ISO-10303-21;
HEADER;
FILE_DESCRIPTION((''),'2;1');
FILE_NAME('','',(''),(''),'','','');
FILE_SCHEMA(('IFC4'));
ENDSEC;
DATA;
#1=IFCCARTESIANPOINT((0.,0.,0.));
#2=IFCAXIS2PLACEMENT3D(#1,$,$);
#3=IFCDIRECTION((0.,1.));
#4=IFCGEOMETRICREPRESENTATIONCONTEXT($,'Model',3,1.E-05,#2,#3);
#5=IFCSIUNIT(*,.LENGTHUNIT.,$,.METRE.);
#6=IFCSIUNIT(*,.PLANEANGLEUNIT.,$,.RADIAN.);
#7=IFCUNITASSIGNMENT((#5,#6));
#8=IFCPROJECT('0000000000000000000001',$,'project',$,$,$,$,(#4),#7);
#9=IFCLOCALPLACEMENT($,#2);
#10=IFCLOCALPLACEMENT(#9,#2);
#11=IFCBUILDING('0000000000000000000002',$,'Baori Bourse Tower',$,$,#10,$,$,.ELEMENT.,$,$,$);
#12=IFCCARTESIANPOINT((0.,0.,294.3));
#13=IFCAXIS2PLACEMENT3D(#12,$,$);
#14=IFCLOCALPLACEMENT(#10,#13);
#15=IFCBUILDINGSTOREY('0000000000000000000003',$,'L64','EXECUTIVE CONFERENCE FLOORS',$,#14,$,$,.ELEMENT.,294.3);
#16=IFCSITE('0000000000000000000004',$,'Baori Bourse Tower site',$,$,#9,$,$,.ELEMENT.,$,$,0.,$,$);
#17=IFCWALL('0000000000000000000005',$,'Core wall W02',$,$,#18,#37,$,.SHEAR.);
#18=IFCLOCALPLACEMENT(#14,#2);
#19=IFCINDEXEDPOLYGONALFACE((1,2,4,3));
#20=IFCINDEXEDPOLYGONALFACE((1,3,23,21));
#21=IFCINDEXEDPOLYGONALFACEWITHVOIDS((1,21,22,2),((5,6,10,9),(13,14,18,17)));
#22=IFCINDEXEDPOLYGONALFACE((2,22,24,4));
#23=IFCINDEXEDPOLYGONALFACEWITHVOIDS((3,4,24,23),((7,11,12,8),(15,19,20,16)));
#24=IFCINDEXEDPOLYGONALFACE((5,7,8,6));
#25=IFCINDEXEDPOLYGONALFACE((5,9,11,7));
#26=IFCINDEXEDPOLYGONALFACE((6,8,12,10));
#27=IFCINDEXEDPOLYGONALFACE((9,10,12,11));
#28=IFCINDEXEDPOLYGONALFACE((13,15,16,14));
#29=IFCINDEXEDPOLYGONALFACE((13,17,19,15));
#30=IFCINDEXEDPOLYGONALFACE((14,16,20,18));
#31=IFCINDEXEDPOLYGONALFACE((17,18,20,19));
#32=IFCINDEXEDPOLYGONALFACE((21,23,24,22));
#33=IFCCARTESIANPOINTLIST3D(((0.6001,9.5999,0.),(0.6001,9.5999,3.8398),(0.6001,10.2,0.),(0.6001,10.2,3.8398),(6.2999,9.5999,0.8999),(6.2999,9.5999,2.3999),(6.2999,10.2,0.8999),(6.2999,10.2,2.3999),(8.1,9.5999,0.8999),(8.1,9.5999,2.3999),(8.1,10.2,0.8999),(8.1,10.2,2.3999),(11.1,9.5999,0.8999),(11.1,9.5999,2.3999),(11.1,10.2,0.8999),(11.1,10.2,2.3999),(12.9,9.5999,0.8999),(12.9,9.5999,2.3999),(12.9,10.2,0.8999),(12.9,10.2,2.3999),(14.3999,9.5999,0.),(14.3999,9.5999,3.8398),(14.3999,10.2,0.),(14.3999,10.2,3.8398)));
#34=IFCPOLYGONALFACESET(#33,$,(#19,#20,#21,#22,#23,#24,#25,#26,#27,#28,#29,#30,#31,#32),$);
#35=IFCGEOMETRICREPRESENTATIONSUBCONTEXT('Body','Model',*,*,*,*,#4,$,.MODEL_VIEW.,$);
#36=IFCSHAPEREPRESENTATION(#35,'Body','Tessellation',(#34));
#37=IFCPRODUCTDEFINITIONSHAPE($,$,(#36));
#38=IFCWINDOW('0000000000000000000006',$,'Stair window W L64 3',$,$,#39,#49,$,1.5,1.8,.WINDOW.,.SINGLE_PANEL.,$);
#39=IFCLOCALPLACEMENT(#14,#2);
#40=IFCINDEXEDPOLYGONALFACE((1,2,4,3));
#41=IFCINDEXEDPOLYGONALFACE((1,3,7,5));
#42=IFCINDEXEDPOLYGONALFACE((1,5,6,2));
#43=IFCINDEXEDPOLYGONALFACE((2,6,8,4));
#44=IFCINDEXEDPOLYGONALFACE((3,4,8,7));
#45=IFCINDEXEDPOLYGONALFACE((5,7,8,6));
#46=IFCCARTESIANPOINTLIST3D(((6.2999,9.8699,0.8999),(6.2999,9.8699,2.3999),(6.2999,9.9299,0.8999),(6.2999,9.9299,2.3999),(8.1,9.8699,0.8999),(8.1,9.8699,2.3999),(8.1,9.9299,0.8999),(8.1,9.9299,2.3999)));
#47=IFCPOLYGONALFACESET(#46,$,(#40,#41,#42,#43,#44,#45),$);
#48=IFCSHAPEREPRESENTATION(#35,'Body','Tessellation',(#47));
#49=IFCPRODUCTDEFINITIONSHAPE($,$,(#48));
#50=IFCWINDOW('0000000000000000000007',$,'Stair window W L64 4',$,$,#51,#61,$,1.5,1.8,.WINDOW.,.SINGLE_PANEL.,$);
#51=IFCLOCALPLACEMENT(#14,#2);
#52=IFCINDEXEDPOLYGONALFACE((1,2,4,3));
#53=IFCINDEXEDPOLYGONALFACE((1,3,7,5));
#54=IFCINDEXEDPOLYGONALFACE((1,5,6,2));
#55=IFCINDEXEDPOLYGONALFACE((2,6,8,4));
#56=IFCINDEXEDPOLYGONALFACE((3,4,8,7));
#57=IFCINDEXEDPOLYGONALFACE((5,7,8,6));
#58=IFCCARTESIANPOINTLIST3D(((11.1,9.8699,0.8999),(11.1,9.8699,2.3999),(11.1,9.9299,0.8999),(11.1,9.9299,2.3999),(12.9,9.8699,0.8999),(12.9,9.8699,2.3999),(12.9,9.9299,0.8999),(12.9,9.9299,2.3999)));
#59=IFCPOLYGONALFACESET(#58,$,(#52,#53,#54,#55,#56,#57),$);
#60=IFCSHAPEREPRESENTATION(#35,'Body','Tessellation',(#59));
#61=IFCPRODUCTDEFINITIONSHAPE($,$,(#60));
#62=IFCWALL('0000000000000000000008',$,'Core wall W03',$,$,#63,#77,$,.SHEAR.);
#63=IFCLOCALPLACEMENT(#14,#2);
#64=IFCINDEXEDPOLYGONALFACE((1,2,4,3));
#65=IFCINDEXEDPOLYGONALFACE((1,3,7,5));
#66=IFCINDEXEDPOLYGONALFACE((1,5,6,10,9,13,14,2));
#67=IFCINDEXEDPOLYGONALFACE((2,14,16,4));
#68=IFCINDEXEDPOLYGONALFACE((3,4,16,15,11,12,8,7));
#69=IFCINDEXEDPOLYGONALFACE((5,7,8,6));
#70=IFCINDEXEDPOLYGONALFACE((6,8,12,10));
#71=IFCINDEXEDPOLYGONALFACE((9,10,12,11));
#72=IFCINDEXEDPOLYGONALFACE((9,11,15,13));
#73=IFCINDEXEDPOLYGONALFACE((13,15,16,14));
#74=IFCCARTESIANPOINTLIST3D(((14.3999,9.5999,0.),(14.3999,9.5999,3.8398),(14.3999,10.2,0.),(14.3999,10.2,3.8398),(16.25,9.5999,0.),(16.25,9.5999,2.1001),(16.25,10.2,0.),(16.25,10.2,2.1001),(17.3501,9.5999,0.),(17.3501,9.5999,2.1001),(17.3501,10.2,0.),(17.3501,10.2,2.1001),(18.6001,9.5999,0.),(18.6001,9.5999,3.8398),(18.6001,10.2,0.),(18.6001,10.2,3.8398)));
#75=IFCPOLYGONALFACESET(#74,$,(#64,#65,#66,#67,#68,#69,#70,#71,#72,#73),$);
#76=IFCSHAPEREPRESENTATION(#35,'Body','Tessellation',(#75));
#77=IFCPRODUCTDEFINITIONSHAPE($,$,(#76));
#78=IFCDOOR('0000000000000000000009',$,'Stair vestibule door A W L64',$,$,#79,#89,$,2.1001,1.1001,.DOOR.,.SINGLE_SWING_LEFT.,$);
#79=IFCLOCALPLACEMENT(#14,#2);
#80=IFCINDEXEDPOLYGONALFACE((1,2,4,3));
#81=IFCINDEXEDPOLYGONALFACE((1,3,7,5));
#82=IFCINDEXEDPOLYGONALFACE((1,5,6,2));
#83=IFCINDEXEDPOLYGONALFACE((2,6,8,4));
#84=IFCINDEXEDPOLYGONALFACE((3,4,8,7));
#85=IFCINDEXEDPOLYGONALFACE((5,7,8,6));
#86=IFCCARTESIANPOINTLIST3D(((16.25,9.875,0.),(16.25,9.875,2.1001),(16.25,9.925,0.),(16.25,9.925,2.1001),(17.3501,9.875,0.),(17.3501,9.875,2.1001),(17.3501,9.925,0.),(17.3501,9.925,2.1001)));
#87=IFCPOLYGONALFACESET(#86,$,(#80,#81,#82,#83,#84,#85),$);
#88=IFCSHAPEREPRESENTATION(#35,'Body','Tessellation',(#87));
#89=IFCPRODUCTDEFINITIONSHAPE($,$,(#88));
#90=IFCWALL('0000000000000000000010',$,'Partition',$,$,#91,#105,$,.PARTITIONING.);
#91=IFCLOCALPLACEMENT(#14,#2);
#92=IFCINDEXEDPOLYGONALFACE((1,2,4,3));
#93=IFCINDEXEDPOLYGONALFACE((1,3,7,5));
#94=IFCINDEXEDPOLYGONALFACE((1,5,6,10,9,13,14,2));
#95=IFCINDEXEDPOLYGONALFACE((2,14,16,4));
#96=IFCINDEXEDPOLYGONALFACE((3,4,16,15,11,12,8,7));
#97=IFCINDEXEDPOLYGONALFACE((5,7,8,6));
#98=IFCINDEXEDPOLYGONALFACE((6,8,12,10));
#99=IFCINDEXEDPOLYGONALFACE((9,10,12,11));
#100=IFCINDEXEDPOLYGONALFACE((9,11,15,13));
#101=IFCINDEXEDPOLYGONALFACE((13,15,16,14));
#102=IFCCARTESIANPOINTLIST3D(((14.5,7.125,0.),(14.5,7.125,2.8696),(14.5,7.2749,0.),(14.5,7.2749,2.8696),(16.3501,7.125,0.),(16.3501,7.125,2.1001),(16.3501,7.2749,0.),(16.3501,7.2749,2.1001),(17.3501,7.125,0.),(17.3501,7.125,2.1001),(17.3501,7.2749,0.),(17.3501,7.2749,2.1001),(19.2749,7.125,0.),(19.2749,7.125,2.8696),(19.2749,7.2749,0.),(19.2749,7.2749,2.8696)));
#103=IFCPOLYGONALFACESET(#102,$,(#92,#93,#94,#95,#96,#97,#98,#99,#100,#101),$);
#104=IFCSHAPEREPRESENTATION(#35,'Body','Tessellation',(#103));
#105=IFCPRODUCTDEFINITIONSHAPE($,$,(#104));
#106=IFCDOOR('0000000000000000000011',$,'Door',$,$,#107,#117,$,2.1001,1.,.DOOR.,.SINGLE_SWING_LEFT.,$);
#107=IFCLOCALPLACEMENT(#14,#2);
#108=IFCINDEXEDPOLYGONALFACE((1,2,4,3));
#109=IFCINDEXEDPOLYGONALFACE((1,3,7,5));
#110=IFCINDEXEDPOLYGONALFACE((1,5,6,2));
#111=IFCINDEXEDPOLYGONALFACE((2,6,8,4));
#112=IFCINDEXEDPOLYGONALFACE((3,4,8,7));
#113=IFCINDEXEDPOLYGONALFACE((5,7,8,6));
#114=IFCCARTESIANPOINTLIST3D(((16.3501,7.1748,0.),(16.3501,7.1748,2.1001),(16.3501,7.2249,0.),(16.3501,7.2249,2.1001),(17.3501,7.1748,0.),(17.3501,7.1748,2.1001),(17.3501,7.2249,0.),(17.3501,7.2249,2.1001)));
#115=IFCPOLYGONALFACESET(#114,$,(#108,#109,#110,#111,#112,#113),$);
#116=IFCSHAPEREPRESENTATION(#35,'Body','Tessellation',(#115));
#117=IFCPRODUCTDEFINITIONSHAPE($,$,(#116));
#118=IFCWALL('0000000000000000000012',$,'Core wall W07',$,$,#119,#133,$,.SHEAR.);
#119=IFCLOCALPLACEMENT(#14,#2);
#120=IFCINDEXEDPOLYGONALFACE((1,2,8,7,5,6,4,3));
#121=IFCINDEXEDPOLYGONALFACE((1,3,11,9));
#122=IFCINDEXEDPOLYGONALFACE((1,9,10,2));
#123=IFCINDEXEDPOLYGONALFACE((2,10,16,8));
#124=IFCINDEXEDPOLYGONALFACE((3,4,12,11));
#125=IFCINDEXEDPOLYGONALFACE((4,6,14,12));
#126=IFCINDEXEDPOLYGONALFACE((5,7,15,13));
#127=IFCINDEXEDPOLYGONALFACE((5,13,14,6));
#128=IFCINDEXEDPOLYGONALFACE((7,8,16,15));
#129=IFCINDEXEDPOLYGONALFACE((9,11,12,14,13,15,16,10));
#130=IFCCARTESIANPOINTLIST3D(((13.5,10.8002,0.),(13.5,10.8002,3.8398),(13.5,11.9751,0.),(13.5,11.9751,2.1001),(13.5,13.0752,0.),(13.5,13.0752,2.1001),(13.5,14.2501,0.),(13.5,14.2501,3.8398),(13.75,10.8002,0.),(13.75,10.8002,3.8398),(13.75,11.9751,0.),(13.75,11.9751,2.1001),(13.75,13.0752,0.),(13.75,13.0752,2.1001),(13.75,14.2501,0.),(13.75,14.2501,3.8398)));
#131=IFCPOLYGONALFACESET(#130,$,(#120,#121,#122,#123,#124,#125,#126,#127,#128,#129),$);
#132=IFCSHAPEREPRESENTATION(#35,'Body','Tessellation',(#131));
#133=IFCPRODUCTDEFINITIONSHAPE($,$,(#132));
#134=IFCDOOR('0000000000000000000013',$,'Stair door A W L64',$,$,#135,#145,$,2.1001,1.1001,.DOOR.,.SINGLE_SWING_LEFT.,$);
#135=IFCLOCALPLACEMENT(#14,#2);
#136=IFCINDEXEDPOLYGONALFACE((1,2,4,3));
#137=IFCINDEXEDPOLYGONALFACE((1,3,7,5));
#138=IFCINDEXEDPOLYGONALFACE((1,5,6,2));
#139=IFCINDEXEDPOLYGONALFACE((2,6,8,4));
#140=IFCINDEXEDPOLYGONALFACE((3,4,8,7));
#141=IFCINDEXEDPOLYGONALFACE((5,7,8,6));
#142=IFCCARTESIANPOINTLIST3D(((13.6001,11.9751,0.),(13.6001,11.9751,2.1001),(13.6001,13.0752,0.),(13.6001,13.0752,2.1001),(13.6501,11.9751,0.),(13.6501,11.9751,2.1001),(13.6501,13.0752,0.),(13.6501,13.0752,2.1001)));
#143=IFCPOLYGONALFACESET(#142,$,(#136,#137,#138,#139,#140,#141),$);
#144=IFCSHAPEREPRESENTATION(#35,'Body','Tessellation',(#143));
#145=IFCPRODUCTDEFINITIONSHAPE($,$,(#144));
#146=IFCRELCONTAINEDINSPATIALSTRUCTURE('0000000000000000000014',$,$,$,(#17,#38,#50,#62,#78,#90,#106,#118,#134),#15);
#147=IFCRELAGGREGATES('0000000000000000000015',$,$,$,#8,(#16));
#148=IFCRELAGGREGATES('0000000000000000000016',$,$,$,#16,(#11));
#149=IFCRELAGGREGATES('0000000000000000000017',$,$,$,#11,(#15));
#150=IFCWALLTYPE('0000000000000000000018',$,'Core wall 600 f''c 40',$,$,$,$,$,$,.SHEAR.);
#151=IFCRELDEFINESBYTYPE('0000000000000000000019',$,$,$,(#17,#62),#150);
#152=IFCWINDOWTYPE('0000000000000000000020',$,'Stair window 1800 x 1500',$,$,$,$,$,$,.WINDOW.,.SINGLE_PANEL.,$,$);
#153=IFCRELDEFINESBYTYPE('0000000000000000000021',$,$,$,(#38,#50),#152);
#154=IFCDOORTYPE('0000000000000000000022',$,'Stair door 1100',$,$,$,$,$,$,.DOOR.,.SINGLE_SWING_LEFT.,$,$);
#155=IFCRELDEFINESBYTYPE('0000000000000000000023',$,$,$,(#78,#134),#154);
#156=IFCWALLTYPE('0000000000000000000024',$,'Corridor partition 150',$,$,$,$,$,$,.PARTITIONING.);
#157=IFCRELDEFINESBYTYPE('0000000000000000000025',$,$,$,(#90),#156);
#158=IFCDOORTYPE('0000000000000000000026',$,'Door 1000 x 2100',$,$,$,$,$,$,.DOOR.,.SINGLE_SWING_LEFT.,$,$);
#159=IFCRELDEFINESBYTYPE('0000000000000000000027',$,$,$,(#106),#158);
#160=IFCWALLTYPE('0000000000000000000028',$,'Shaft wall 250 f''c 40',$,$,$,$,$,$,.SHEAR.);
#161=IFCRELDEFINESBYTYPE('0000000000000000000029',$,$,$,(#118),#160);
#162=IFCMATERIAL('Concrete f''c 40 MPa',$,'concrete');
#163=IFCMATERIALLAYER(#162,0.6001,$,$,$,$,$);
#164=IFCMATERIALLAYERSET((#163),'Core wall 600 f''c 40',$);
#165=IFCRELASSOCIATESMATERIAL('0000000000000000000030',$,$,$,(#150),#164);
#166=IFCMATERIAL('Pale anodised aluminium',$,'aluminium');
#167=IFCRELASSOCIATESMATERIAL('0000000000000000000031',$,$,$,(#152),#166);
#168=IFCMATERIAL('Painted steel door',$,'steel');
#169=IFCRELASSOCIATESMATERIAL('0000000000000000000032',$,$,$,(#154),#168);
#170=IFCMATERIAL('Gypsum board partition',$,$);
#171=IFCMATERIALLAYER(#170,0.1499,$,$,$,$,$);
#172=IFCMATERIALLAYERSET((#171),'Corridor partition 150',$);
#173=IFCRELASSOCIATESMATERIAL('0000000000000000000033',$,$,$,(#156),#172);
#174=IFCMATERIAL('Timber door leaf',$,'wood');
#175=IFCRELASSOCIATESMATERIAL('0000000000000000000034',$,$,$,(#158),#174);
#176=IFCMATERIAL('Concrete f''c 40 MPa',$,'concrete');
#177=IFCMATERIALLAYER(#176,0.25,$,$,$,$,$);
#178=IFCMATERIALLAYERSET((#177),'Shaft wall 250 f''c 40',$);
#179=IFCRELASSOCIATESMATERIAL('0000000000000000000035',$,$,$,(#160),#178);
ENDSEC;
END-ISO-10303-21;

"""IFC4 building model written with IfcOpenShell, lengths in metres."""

from ifc_helpers import new_model, si_unit, direction, frame, frame_2d, origin, place, context, subcontext, project, spatial, rectangle, extrude, material, layer, layer_set, type_object, element, fill, save


model = new_model("IFC4")

# Units and contexts
model_context = context("Model", 3, precision=1e-05, world=origin(), true_north=direction((0.0, 1.0)))
body_context = subcontext(model_context, "Body", "Model", "MODEL_VIEW")
ifc_project = project(units=[si_unit("LENGTHUNIT", "METRE"), si_unit("PLANEANGLEUNIT", "RADIAN")], contexts=[model_context])

# Site, building, storey
site_placement = place(None, origin())
site = spatial("IfcSite", under=ifc_project, at=site_placement, Name="Baori Bourse Tower site", CompositionType="ELEMENT", RefElevation=0.0)
building_placement = place(site_placement, origin())
building = spatial("IfcBuilding", under=site, at=building_placement, Name="Baori Bourse Tower", CompositionType="ELEMENT")
storey_placement = place(building_placement, frame((0.0, 0.0, 294.3)))
storey = spatial("IfcBuildingStorey", under=building, at=storey_placement, Name="L64", Description="EXECUTIVE CONFERENCE FLOORS", CompositionType="ELEMENT", Elevation=294.3)

# Wall, openings, windows
ifc_material_1 = material(Name="Concrete f'c 40 MPa", Category="concrete")
ifc_layer_1 = layer(ifc_material_1, 0.6001)
ifc_layer_set_1 = layer_set([ifc_layer_1], Name="Core wall 600 f'c 40")
wall_type_1 = type_object("IfcWallType", Name="Core wall 600 f'c 40", PredefinedType="SHEAR", material=ifc_layer_set_1)
wall_1_placement = place(storey_placement, frame((14.3999, 9.8999, 0.0), z_axis=(0.0, 0.0, 1.0), x_axis=(-1.0, 0.0, 0.0)))
wall_1 = element("IfcWall", 1, at=wall_1_placement, inside=storey, type_object=wall_type_1, Name="Core wall W02", PredefinedType="SHEAR", context=body_context, shape_type="SweptSolid", body=[
    extrude(rectangle(XDim=13.7998, YDim=0.6001, at=frame_2d((6.8999, 0.0))), origin(), (0.0, 0.0, 1.0), 3.8398),
])
opening_1_placement = place(wall_1_placement, frame((6.3, 0.0, 0.8999)))
opening_1 = element("IfcOpeningElement", 2, at=opening_1_placement, cuts=wall_1, PredefinedType="OPENING", context=body_context, shape_type="SweptSolid", body=[
    extrude(rectangle(XDim=1.8, YDim=1.5, at=frame_2d((0.8999, 0.75))), frame((0.0, 0.3101, 0.0), z_axis=(0.0, -1.0, 0.0), x_axis=(1.0, 0.0, 0.0)), (0.0, 0.0, 1.0), 0.6201),
])
opening_2_placement = place(wall_1_placement, frame((1.5, 0.0, 0.8999)))
opening_2 = element("IfcOpeningElement", 3, at=opening_2_placement, cuts=wall_1, PredefinedType="OPENING", context=body_context, shape_type="SweptSolid", body=[
    extrude(rectangle(XDim=1.8, YDim=1.5, at=frame_2d((0.8999, 0.75))), frame((0.0, 0.3101, 0.0), z_axis=(0.0, -1.0, 0.0), x_axis=(1.0, 0.0, 0.0)), (0.0, 0.0, 1.0), 0.6201),
])
ifc_material_2 = material(Name="Pale anodised aluminium", Category="aluminium")
window_type = type_object("IfcWindowType", Name="Stair window 1800 x 1500", PartitioningType="SINGLE_PANEL", PredefinedType="WINDOW", material=ifc_material_2)
window_1_placement = place(opening_1_placement, origin())
window_1 = element("IfcWindow", 4, at=window_1_placement, inside=storey, type_object=window_type, Name="Stair window W L64 3", OverallHeight=1.5, OverallWidth=1.8, PartitioningType="SINGLE_PANEL", PredefinedType="WINDOW", context=body_context, shape_type="SweptSolid", body=[
    extrude(rectangle(XDim=1.8, YDim=1.5, at=frame_2d((0.8999, 0.75))), frame((0.0, 0.03, 0.0), z_axis=(0.0, -1.0, 0.0), x_axis=(1.0, 0.0, 0.0)), (0.0, 0.0, 1.0), 0.0601),
])
fill(opening_1, window_1)
window_2_placement = place(opening_2_placement, origin())
window_2 = element("IfcWindow", 5, at=window_2_placement, inside=storey, type_object=window_type, Name="Stair window W L64 4", OverallHeight=1.5, OverallWidth=1.8, PartitioningType="SINGLE_PANEL", PredefinedType="WINDOW", context=body_context, shape_type="SweptSolid", body=[
    extrude(rectangle(XDim=1.8, YDim=1.5, at=frame_2d((0.8999, 0.75))), frame((0.0, 0.03, 0.0), z_axis=(0.0, -1.0, 0.0), x_axis=(1.0, 0.0, 0.0)), (0.0, 0.0, 1.0), 0.0601),
])
fill(opening_2, window_2)

# Walls, openings, doors
wall_2_placement = place(storey_placement, frame((18.6001, 9.8999, 0.0), z_axis=(0.0, 0.0, 1.0), x_axis=(-1.0, 0.0, 0.0)))
wall_2 = element("IfcWall", 6, at=wall_2_placement, inside=storey, type_object=wall_type_1, Name="Core wall W03", PredefinedType="SHEAR", context=body_context, shape_type="SweptSolid", body=[
    extrude(rectangle(XDim=4.2002, YDim=0.6001, at=frame_2d((2.1001, 0.0))), origin(), (0.0, 0.0, 1.0), 3.8398),
])
opening_3_placement = place(wall_2_placement, frame((1.25, 0.0, 0.0)))
opening_3 = element("IfcOpeningElement", 7, at=opening_3_placement, cuts=wall_2, PredefinedType="OPENING", context=body_context, shape_type="SweptSolid", body=[
    extrude(rectangle(XDim=1.1001, YDim=2.1001, at=frame_2d((0.55, 1.05))), frame((0.0, 0.3101, 0.0), z_axis=(0.0, -1.0, 0.0), x_axis=(1.0, 0.0, 0.0)), (0.0, 0.0, 1.0), 0.6201),
])
ifc_material_3 = material(Name="Painted steel door", Category="steel")
door_type_1 = type_object("IfcDoorType", Name="Stair door 1100", OperationType="SINGLE_SWING_LEFT", PredefinedType="DOOR", material=ifc_material_3)
door_1_placement = place(opening_3_placement, origin())
door_1 = element("IfcDoor", 8, at=door_1_placement, inside=storey, type_object=door_type_1, Name="Stair vestibule door A W L64", OperationType="SINGLE_SWING_LEFT", OverallHeight=2.1001, OverallWidth=1.1001, PredefinedType="DOOR", context=body_context, shape_type="SweptSolid", body=[
    extrude(rectangle(XDim=1.1001, YDim=2.1001, at=frame_2d((0.55, 1.05))), frame((0.0, 0.0249, 0.0), z_axis=(0.0, -1.0, 0.0), x_axis=(1.0, 0.0, 0.0)), (0.0, 0.0, 1.0), 0.05),
])
fill(opening_3, door_1)
ifc_material_4 = material(Name="Gypsum board partition")
ifc_layer_2 = layer(ifc_material_4, 0.1499)
ifc_layer_set_2 = layer_set([ifc_layer_2], Name="Corridor partition 150")
wall_type_2 = type_object("IfcWallType", Name="Corridor partition 150", PredefinedType="PARTITIONING", material=ifc_layer_set_2)
wall_3_placement = place(storey_placement, frame((14.5, 7.2, 0.0), z_axis=(0.0, 0.0, 1.0), x_axis=(1.0, 0.0, 0.0)))
wall_3 = element("IfcWall", 9, at=wall_3_placement, inside=storey, type_object=wall_type_2, Name="Partition", PredefinedType="PARTITIONING", context=body_context, shape_type="SweptSolid", body=[
    extrude(rectangle(XDim=4.7749, YDim=0.1499, at=frame_2d((2.3875, 0.0))), origin(), (0.0, 0.0, 1.0), 2.8696),
])
opening_4_placement = place(wall_3_placement, frame((1.8501, 0.0, 0.0)))
opening_4 = element("IfcOpeningElement", 10, at=opening_4_placement, cuts=wall_3, PredefinedType="OPENING", context=body_context, shape_type="SweptSolid", body=[
    extrude(rectangle(XDim=1.0, YDim=2.1001, at=frame_2d((0.5, 1.05))), frame((0.0, 0.085, 0.0), z_axis=(0.0, -1.0, 0.0), x_axis=(1.0, 0.0, 0.0)), (0.0, 0.0, 1.0), 0.1699),
])
ifc_material_5 = material(Name="Timber door leaf", Category="wood")
door_type_2 = type_object("IfcDoorType", Name="Door 1000 x 2100", OperationType="SINGLE_SWING_LEFT", PredefinedType="DOOR", material=ifc_material_5)
door_2_placement = place(opening_4_placement, origin())
door_2 = element("IfcDoor", 11, at=door_2_placement, inside=storey, type_object=door_type_2, Name="Door", OperationType="SINGLE_SWING_LEFT", OverallHeight=2.1001, OverallWidth=1.0, PredefinedType="DOOR", context=body_context, shape_type="SweptSolid", body=[
    extrude(rectangle(XDim=1.0, YDim=2.1001, at=frame_2d((0.5, 1.05))), frame((0.0, 0.0249, 0.0), z_axis=(0.0, -1.0, 0.0), x_axis=(1.0, 0.0, 0.0)), (0.0, 0.0, 1.0), 0.05),
])
fill(opening_4, door_2)
ifc_material_6 = material(Name="Concrete f'c 40 MPa", Category="concrete")
ifc_layer_3 = layer(ifc_material_6, 0.25)
ifc_layer_set_3 = layer_set([ifc_layer_3], Name="Shaft wall 250 f'c 40")
wall_type_3 = type_object("IfcWallType", Name="Shaft wall 250 f'c 40", PredefinedType="SHEAR", material=ifc_layer_set_3)
wall_4_placement = place(storey_placement, frame((13.625, 10.8, 0.0), z_axis=(0.0, 0.0, 1.0), x_axis=(0.0, 1.0, 0.0)))
wall_4 = element("IfcWall", 12, at=wall_4_placement, inside=storey, type_object=wall_type_3, Name="Core wall W07", PredefinedType="SHEAR", context=body_context, shape_type="SweptSolid", body=[
    extrude(rectangle(XDim=3.45, YDim=0.25, at=frame_2d((1.7251, 0.0))), origin(), (0.0, 0.0, 1.0), 3.8398),
])
opening_5_placement = place(wall_4_placement, frame((1.175, 0.0, 0.0)))
opening_5 = element("IfcOpeningElement", 13, at=opening_5_placement, cuts=wall_4, PredefinedType="OPENING", context=body_context, shape_type="SweptSolid", body=[
    extrude(rectangle(XDim=1.1001, YDim=2.1001, at=frame_2d((0.55, 1.05))), frame((0.0, 0.135, 0.0), z_axis=(0.0, -1.0, 0.0), x_axis=(1.0, 0.0, 0.0)), (0.0, 0.0, 1.0), 0.27),
])
door_3_placement = place(opening_5_placement, origin())
door_3 = element("IfcDoor", 14, at=door_3_placement, inside=storey, type_object=door_type_1, Name="Stair door A W L64", OperationType="SINGLE_SWING_LEFT", OverallHeight=2.1001, OverallWidth=1.1001, PredefinedType="DOOR", context=body_context, shape_type="SweptSolid", body=[
    extrude(rectangle(XDim=1.1001, YDim=2.1001, at=frame_2d((0.55, 1.05))), frame((0.0, 0.0249, 0.0), z_axis=(0.0, -1.0, 0.0), x_axis=(1.0, 0.0, 0.0)), (0.0, 0.0, 1.0), 0.05),
])
fill(opening_5, door_3)

save(model, "model.ifc")
